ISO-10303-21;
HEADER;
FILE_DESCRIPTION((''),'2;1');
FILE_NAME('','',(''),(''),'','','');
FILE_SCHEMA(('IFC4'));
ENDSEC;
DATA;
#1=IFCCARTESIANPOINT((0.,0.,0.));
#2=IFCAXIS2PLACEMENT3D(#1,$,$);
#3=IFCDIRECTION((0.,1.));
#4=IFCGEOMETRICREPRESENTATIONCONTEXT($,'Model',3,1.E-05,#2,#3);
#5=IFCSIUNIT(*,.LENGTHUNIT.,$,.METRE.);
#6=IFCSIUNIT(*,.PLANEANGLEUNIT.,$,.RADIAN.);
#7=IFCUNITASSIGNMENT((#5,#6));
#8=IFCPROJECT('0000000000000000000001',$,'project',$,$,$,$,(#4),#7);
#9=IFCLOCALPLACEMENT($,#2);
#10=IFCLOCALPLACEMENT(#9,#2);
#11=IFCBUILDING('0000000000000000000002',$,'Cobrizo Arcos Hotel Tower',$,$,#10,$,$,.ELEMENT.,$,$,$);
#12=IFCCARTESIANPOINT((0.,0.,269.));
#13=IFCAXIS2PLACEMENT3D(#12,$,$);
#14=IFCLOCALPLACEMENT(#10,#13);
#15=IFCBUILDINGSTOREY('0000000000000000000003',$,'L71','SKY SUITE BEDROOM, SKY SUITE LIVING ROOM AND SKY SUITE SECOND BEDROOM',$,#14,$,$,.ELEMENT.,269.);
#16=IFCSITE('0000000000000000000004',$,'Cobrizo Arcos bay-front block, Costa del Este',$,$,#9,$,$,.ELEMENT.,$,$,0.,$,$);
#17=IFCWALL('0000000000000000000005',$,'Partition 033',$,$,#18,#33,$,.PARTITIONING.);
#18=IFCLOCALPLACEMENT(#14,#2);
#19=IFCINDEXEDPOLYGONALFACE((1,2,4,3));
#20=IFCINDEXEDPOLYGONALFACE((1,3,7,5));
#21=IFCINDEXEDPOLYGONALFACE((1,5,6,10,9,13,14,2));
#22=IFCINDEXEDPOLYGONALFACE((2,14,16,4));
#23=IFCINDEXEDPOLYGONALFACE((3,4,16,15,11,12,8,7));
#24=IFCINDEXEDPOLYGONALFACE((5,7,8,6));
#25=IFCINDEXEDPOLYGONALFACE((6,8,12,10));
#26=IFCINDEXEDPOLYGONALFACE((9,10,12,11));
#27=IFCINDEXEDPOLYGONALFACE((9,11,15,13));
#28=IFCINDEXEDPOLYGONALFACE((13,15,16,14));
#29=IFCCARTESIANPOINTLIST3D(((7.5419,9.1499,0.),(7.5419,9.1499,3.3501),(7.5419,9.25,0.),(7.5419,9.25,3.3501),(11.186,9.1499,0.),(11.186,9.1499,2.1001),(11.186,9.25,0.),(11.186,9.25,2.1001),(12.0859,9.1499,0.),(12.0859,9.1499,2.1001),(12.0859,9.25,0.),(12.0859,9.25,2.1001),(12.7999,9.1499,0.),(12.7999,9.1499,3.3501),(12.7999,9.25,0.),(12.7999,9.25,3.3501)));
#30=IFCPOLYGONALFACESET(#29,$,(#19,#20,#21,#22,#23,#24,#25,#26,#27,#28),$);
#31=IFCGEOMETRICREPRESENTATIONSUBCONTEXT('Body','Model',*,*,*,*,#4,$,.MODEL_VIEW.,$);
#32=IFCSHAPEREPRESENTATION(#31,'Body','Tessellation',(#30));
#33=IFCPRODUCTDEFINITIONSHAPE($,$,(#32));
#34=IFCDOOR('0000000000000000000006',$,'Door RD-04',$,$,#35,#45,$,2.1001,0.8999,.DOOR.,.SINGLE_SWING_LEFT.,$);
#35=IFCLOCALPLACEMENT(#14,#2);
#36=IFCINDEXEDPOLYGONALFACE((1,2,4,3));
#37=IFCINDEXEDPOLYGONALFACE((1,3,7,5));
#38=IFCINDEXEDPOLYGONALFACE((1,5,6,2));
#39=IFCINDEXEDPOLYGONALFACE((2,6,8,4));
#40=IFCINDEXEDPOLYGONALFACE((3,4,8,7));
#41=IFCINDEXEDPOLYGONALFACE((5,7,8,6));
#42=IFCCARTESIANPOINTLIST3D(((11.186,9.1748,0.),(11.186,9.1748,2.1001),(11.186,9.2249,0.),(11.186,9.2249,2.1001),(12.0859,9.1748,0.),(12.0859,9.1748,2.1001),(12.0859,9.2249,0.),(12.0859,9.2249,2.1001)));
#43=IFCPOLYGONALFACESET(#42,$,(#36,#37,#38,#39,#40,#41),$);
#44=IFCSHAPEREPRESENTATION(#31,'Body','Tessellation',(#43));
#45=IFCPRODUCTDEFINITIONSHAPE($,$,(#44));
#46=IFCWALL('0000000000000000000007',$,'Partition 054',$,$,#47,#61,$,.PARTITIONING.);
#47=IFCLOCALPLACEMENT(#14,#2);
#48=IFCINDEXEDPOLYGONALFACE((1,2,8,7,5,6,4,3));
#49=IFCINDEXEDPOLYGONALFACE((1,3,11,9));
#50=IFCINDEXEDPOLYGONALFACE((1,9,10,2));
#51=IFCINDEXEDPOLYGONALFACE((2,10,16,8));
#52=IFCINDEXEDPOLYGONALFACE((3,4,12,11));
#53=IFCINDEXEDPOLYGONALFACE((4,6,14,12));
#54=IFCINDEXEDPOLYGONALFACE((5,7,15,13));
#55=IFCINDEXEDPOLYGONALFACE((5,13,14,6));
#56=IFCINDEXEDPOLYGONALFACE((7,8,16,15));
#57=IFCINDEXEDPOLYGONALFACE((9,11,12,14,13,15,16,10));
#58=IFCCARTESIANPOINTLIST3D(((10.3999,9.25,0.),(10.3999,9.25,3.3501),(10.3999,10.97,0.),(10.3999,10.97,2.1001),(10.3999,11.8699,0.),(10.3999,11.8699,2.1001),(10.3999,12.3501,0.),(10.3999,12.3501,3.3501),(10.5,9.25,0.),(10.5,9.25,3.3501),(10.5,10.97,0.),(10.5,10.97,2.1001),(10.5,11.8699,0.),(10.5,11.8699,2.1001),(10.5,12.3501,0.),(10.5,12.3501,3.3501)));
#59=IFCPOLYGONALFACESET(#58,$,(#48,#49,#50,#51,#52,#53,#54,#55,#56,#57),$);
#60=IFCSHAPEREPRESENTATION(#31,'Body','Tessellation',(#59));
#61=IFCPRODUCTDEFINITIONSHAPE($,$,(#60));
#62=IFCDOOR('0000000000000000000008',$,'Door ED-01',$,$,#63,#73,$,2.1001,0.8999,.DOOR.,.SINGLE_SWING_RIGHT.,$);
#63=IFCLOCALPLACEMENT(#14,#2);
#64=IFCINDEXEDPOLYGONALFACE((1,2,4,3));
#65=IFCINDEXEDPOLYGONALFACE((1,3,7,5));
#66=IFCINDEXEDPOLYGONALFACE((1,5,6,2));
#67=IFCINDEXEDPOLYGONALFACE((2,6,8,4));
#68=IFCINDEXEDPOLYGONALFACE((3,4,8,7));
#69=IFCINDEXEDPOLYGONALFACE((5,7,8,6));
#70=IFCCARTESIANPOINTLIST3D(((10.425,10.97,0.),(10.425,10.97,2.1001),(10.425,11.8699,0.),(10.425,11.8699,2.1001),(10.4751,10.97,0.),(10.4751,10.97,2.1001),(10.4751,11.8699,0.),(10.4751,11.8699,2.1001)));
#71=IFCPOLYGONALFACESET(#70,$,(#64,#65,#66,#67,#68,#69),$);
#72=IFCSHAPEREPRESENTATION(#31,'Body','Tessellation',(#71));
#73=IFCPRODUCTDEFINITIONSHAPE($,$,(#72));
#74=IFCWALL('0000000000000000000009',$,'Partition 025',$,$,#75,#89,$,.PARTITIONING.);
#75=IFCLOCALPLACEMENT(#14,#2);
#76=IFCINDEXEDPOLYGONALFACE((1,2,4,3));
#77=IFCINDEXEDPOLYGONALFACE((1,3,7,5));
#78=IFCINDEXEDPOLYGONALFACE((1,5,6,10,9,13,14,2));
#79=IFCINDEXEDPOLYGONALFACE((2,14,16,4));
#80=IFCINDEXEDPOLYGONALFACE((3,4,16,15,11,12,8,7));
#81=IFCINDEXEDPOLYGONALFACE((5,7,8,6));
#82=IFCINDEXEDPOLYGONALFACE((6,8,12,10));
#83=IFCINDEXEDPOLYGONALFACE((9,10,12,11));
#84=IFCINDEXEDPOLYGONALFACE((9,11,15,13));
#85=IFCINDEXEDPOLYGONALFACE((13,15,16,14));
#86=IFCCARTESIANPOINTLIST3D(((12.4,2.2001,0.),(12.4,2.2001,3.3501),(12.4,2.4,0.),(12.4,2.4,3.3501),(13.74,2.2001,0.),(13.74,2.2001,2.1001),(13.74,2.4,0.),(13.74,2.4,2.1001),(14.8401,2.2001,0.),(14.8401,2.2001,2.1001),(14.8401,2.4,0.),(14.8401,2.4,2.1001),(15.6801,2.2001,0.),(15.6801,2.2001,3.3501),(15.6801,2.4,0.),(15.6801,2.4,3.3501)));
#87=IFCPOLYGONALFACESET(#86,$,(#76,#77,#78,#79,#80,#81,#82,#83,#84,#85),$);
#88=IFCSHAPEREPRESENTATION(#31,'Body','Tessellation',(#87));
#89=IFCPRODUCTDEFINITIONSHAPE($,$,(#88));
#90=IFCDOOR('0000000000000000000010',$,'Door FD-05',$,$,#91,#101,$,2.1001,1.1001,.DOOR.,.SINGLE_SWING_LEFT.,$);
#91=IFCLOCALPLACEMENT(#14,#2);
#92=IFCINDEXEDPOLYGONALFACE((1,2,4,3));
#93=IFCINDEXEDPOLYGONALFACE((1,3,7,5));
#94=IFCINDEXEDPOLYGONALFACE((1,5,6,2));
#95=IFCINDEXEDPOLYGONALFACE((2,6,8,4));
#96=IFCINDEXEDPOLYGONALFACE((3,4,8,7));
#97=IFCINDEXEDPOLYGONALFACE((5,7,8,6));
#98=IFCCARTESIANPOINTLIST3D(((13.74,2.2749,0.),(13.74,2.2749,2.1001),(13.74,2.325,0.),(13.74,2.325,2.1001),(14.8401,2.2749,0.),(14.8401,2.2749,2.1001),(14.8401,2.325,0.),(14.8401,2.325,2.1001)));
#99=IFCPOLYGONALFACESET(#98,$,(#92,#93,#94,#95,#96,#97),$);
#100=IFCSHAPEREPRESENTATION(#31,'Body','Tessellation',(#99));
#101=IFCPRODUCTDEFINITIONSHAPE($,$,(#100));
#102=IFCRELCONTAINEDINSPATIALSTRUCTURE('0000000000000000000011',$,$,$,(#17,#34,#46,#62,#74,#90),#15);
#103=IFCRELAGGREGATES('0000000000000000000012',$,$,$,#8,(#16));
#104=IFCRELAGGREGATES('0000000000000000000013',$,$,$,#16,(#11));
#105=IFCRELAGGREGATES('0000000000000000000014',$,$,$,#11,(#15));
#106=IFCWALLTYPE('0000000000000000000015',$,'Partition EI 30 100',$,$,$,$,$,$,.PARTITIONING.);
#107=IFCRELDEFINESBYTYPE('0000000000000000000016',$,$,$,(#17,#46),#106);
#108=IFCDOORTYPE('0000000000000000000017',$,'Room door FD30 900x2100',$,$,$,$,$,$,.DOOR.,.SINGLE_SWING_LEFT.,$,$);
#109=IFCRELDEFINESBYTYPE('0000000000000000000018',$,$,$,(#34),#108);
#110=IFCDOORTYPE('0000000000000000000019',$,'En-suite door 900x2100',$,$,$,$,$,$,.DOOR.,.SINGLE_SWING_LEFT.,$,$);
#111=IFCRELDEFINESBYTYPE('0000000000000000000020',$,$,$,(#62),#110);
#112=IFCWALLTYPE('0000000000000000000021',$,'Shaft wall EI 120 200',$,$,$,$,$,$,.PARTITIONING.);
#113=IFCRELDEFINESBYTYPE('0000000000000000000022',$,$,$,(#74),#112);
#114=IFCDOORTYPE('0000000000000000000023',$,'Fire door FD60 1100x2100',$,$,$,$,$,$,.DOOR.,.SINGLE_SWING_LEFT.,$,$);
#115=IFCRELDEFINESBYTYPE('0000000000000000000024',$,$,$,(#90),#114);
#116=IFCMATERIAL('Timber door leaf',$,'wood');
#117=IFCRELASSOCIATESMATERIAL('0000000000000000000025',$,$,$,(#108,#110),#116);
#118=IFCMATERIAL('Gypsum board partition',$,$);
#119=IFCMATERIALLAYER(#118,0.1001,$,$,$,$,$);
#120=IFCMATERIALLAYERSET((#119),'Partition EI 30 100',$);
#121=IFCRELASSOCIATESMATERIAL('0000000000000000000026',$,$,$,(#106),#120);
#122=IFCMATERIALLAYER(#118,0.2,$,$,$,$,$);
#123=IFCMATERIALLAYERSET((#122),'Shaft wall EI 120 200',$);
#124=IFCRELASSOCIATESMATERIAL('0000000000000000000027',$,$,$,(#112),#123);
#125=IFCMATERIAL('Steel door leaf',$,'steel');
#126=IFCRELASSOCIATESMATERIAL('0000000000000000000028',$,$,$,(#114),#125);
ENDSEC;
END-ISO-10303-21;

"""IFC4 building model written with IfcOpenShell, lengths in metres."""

from ifc_helpers import new_model, si_unit, direction, frame, frame_2d, origin, place, context, subcontext, project, spatial, rectangle, extrude, material, layer, layer_set, type_object, element, fill, save


model = new_model("IFC4")

# Units and contexts
model_context = context("Model", 3, precision=1e-05, world=origin(), true_north=direction((0.0, 1.0)))
body_context = subcontext(model_context, "Body", "Model", "MODEL_VIEW")
ifc_project = project(units=[si_unit("LENGTHUNIT", "METRE"), si_unit("PLANEANGLEUNIT", "RADIAN")], contexts=[model_context])

# Site, building, storey
site_placement = place(None, origin())
site = spatial("IfcSite", under=ifc_project, at=site_placement, Name="Cobrizo Arcos bay-front block, Costa del Este", CompositionType="ELEMENT", RefElevation=0.0)
building_placement = place(site_placement, origin())
building = spatial("IfcBuilding", under=site, at=building_placement, Name="Cobrizo Arcos Hotel Tower", CompositionType="ELEMENT")
storey_placement = place(building_placement, frame((0.0, 0.0, 269.0)))
storey = spatial("IfcBuildingStorey", under=building, at=storey_placement, Name="L71", Description="SKY SUITE BEDROOM, SKY SUITE LIVING ROOM AND SKY SUITE SECOND BEDROOM", CompositionType="ELEMENT", Elevation=269.0)

# Shared definitions
ifc_material_1 = material(Name="Gypsum board partition")
ifc_material_2 = material(Name="Timber door leaf", Category="wood")
door_type_1 = type_object("IfcDoorType", Name="Room door FD30 900x2100", OperationType="SINGLE_SWING_LEFT", PredefinedType="DOOR", material=ifc_material_2)

# Shared definitions
ifc_layer_1 = layer(ifc_material_1, 0.1001)
ifc_layer_set_1 = layer_set([ifc_layer_1], Name="Partition EI 30 100")
wall_type_1 = type_object("IfcWallType", Name="Partition EI 30 100", PredefinedType="PARTITIONING", material=ifc_layer_set_1)

# Walls, openings, doors
wall_1_placement = place(storey_placement, frame((7.542, 9.2, 0.0), z_axis=(0.0, 0.0, 1.0), x_axis=(1.0, 0.0, 0.0)))
wall_1 = element("IfcWall", 1, at=wall_1_placement, inside=storey, type_object=wall_type_1, Name="Partition 033", PredefinedType="PARTITIONING", context=body_context, shape_type="SweptSolid", body=[
    extrude(rectangle(XDim=5.2581, YDim=0.1001, at=frame_2d((2.6289, 0.0))), origin(), (0.0, 0.0, 1.0), 3.3501),
])
opening_1_placement = place(wall_1_placement, frame((3.644, 0.0, 0.0)))
opening_1 = element("IfcOpeningElement", 2, at=opening_1_placement, cuts=wall_1, PredefinedType="OPENING", context=body_context, shape_type="SweptSolid", body=[
    extrude(rectangle(XDim=0.8999, YDim=2.1001, at=frame_2d((0.45, 1.05))), frame((0.0, 0.062, 0.0), z_axis=(0.0, -1.0, 0.0), x_axis=(1.0, 0.0, 0.0)), (0.0, 0.0, 1.0), 0.124),
])
door_1_placement = place(opening_1_placement, origin())
door_1 = element("IfcDoor", 3, at=door_1_placement, inside=storey, type_object=door_type_1, Name="Door RD-04", OperationType="SINGLE_SWING_LEFT", OverallHeight=2.1001, OverallWidth=0.8999, PredefinedType="DOOR", context=body_context, shape_type="SweptSolid", body=[
    extrude(rectangle(XDim=0.8999, YDim=2.1001, at=frame_2d((0.45, 1.05))), frame((0.0, 0.0249, 0.0), z_axis=(0.0, -1.0, 0.0), x_axis=(1.0, 0.0, 0.0)), (0.0, 0.0, 1.0), 0.05),
])
fill(opening_1, door_1)
wall_2_placement = place(storey_placement, frame((10.45, 9.25, 0.0), z_axis=(0.0, 0.0, 1.0), x_axis=(0.0, 1.0, 0.0)))
wall_2 = element("IfcWall", 4, at=wall_2_placement, inside=storey, type_object=wall_type_1, Name="Partition 054", PredefinedType="PARTITIONING", context=body_context, shape_type="SweptSolid", body=[
    extrude(rectangle(XDim=3.1001, YDim=0.1001, at=frame_2d((1.55, 0.0))), origin(), (0.0, 0.0, 1.0), 3.3501),
])
opening_2_placement = place(wall_2_placement, frame((1.72, 0.0, 0.0)))
opening_2 = element("IfcOpeningElement", 5, at=opening_2_placement, cuts=wall_2, PredefinedType="OPENING", context=body_context, shape_type="SweptSolid", body=[
    extrude(rectangle(XDim=0.8999, YDim=2.1001, at=frame_2d((0.45, 1.05))), frame((0.0, 0.062, 0.0), z_axis=(0.0, -1.0, 0.0), x_axis=(1.0, 0.0, 0.0)), (0.0, 0.0, 1.0), 0.124),
])
door_type_2 = type_object("IfcDoorType", Name="En-suite door 900x2100", OperationType="SINGLE_SWING_LEFT", PredefinedType="DOOR", material=ifc_material_2)
door_2_placement = place(opening_2_placement, origin())
door_2 = element("IfcDoor", 6, at=door_2_placement, inside=storey, type_object=door_type_2, Name="Door ED-01", OperationType="SINGLE_SWING_RIGHT", OverallHeight=2.1001, OverallWidth=0.8999, PredefinedType="DOOR", context=body_context, shape_type="SweptSolid", body=[
    extrude(rectangle(XDim=0.8999, YDim=2.1001, at=frame_2d((0.45, 1.05))), frame((0.0, 0.0249, 0.0), z_axis=(0.0, -1.0, 0.0), x_axis=(1.0, 0.0, 0.0)), (0.0, 0.0, 1.0), 0.05),
])
fill(opening_2, door_2)
ifc_layer_2 = layer(ifc_material_1, 0.2)
ifc_layer_set_2 = layer_set([ifc_layer_2], Name="Shaft wall EI 120 200")
wall_type_2 = type_object("IfcWallType", Name="Shaft wall EI 120 200", PredefinedType="PARTITIONING", material=ifc_layer_set_2)
wall_3_placement = place(storey_placement, frame((12.3999, 2.3, 0.0), z_axis=(0.0, 0.0, 1.0), x_axis=(1.0, 0.0, 0.0)))
wall_3 = element("IfcWall", 7, at=wall_3_placement, inside=storey, type_object=wall_type_2, Name="Partition 025", PredefinedType="PARTITIONING", context=body_context, shape_type="SweptSolid", body=[
    extrude(rectangle(XDim=3.28, YDim=0.2, at=frame_2d((1.6401, 0.0))), origin(), (0.0, 0.0, 1.0), 3.3501),
])
opening_3_placement = place(wall_3_placement, frame((1.3401, 0.0, 0.0)))
opening_3 = element("IfcOpeningElement", 8, at=opening_3_placement, cuts=wall_3, PredefinedType="OPENING", context=body_context, shape_type="SweptSolid", body=[
    extrude(rectangle(XDim=1.1001, YDim=2.1001, at=frame_2d((0.55, 1.05))), frame((0.0, 0.1121, 0.0), z_axis=(0.0, -1.0, 0.0), x_axis=(1.0, 0.0, 0.0)), (0.0, 0.0, 1.0), 0.2239),
])
ifc_material_3 = material(Name="Steel door leaf", Category="steel")
door_type_3 = type_object("IfcDoorType", Name="Fire door FD60 1100x2100", OperationType="SINGLE_SWING_LEFT", PredefinedType="DOOR", material=ifc_material_3)
door_3_placement = place(opening_3_placement, origin())
door_3 = element("IfcDoor", 9, at=door_3_placement, inside=storey, type_object=door_type_3, Name="Door FD-05", OperationType="SINGLE_SWING_LEFT", OverallHeight=2.1001, OverallWidth=1.1001, PredefinedType="DOOR", context=body_context, shape_type="SweptSolid", body=[
    extrude(rectangle(XDim=1.1001, YDim=2.1001, at=frame_2d((0.55, 1.05))), frame((0.0, 0.0249, 0.0), z_axis=(0.0, -1.0, 0.0), x_axis=(1.0, 0.0, 0.0)), (0.0, 0.0, 1.0), 0.05),
])
fill(opening_3, door_3)

save(model, "model.ifc")
